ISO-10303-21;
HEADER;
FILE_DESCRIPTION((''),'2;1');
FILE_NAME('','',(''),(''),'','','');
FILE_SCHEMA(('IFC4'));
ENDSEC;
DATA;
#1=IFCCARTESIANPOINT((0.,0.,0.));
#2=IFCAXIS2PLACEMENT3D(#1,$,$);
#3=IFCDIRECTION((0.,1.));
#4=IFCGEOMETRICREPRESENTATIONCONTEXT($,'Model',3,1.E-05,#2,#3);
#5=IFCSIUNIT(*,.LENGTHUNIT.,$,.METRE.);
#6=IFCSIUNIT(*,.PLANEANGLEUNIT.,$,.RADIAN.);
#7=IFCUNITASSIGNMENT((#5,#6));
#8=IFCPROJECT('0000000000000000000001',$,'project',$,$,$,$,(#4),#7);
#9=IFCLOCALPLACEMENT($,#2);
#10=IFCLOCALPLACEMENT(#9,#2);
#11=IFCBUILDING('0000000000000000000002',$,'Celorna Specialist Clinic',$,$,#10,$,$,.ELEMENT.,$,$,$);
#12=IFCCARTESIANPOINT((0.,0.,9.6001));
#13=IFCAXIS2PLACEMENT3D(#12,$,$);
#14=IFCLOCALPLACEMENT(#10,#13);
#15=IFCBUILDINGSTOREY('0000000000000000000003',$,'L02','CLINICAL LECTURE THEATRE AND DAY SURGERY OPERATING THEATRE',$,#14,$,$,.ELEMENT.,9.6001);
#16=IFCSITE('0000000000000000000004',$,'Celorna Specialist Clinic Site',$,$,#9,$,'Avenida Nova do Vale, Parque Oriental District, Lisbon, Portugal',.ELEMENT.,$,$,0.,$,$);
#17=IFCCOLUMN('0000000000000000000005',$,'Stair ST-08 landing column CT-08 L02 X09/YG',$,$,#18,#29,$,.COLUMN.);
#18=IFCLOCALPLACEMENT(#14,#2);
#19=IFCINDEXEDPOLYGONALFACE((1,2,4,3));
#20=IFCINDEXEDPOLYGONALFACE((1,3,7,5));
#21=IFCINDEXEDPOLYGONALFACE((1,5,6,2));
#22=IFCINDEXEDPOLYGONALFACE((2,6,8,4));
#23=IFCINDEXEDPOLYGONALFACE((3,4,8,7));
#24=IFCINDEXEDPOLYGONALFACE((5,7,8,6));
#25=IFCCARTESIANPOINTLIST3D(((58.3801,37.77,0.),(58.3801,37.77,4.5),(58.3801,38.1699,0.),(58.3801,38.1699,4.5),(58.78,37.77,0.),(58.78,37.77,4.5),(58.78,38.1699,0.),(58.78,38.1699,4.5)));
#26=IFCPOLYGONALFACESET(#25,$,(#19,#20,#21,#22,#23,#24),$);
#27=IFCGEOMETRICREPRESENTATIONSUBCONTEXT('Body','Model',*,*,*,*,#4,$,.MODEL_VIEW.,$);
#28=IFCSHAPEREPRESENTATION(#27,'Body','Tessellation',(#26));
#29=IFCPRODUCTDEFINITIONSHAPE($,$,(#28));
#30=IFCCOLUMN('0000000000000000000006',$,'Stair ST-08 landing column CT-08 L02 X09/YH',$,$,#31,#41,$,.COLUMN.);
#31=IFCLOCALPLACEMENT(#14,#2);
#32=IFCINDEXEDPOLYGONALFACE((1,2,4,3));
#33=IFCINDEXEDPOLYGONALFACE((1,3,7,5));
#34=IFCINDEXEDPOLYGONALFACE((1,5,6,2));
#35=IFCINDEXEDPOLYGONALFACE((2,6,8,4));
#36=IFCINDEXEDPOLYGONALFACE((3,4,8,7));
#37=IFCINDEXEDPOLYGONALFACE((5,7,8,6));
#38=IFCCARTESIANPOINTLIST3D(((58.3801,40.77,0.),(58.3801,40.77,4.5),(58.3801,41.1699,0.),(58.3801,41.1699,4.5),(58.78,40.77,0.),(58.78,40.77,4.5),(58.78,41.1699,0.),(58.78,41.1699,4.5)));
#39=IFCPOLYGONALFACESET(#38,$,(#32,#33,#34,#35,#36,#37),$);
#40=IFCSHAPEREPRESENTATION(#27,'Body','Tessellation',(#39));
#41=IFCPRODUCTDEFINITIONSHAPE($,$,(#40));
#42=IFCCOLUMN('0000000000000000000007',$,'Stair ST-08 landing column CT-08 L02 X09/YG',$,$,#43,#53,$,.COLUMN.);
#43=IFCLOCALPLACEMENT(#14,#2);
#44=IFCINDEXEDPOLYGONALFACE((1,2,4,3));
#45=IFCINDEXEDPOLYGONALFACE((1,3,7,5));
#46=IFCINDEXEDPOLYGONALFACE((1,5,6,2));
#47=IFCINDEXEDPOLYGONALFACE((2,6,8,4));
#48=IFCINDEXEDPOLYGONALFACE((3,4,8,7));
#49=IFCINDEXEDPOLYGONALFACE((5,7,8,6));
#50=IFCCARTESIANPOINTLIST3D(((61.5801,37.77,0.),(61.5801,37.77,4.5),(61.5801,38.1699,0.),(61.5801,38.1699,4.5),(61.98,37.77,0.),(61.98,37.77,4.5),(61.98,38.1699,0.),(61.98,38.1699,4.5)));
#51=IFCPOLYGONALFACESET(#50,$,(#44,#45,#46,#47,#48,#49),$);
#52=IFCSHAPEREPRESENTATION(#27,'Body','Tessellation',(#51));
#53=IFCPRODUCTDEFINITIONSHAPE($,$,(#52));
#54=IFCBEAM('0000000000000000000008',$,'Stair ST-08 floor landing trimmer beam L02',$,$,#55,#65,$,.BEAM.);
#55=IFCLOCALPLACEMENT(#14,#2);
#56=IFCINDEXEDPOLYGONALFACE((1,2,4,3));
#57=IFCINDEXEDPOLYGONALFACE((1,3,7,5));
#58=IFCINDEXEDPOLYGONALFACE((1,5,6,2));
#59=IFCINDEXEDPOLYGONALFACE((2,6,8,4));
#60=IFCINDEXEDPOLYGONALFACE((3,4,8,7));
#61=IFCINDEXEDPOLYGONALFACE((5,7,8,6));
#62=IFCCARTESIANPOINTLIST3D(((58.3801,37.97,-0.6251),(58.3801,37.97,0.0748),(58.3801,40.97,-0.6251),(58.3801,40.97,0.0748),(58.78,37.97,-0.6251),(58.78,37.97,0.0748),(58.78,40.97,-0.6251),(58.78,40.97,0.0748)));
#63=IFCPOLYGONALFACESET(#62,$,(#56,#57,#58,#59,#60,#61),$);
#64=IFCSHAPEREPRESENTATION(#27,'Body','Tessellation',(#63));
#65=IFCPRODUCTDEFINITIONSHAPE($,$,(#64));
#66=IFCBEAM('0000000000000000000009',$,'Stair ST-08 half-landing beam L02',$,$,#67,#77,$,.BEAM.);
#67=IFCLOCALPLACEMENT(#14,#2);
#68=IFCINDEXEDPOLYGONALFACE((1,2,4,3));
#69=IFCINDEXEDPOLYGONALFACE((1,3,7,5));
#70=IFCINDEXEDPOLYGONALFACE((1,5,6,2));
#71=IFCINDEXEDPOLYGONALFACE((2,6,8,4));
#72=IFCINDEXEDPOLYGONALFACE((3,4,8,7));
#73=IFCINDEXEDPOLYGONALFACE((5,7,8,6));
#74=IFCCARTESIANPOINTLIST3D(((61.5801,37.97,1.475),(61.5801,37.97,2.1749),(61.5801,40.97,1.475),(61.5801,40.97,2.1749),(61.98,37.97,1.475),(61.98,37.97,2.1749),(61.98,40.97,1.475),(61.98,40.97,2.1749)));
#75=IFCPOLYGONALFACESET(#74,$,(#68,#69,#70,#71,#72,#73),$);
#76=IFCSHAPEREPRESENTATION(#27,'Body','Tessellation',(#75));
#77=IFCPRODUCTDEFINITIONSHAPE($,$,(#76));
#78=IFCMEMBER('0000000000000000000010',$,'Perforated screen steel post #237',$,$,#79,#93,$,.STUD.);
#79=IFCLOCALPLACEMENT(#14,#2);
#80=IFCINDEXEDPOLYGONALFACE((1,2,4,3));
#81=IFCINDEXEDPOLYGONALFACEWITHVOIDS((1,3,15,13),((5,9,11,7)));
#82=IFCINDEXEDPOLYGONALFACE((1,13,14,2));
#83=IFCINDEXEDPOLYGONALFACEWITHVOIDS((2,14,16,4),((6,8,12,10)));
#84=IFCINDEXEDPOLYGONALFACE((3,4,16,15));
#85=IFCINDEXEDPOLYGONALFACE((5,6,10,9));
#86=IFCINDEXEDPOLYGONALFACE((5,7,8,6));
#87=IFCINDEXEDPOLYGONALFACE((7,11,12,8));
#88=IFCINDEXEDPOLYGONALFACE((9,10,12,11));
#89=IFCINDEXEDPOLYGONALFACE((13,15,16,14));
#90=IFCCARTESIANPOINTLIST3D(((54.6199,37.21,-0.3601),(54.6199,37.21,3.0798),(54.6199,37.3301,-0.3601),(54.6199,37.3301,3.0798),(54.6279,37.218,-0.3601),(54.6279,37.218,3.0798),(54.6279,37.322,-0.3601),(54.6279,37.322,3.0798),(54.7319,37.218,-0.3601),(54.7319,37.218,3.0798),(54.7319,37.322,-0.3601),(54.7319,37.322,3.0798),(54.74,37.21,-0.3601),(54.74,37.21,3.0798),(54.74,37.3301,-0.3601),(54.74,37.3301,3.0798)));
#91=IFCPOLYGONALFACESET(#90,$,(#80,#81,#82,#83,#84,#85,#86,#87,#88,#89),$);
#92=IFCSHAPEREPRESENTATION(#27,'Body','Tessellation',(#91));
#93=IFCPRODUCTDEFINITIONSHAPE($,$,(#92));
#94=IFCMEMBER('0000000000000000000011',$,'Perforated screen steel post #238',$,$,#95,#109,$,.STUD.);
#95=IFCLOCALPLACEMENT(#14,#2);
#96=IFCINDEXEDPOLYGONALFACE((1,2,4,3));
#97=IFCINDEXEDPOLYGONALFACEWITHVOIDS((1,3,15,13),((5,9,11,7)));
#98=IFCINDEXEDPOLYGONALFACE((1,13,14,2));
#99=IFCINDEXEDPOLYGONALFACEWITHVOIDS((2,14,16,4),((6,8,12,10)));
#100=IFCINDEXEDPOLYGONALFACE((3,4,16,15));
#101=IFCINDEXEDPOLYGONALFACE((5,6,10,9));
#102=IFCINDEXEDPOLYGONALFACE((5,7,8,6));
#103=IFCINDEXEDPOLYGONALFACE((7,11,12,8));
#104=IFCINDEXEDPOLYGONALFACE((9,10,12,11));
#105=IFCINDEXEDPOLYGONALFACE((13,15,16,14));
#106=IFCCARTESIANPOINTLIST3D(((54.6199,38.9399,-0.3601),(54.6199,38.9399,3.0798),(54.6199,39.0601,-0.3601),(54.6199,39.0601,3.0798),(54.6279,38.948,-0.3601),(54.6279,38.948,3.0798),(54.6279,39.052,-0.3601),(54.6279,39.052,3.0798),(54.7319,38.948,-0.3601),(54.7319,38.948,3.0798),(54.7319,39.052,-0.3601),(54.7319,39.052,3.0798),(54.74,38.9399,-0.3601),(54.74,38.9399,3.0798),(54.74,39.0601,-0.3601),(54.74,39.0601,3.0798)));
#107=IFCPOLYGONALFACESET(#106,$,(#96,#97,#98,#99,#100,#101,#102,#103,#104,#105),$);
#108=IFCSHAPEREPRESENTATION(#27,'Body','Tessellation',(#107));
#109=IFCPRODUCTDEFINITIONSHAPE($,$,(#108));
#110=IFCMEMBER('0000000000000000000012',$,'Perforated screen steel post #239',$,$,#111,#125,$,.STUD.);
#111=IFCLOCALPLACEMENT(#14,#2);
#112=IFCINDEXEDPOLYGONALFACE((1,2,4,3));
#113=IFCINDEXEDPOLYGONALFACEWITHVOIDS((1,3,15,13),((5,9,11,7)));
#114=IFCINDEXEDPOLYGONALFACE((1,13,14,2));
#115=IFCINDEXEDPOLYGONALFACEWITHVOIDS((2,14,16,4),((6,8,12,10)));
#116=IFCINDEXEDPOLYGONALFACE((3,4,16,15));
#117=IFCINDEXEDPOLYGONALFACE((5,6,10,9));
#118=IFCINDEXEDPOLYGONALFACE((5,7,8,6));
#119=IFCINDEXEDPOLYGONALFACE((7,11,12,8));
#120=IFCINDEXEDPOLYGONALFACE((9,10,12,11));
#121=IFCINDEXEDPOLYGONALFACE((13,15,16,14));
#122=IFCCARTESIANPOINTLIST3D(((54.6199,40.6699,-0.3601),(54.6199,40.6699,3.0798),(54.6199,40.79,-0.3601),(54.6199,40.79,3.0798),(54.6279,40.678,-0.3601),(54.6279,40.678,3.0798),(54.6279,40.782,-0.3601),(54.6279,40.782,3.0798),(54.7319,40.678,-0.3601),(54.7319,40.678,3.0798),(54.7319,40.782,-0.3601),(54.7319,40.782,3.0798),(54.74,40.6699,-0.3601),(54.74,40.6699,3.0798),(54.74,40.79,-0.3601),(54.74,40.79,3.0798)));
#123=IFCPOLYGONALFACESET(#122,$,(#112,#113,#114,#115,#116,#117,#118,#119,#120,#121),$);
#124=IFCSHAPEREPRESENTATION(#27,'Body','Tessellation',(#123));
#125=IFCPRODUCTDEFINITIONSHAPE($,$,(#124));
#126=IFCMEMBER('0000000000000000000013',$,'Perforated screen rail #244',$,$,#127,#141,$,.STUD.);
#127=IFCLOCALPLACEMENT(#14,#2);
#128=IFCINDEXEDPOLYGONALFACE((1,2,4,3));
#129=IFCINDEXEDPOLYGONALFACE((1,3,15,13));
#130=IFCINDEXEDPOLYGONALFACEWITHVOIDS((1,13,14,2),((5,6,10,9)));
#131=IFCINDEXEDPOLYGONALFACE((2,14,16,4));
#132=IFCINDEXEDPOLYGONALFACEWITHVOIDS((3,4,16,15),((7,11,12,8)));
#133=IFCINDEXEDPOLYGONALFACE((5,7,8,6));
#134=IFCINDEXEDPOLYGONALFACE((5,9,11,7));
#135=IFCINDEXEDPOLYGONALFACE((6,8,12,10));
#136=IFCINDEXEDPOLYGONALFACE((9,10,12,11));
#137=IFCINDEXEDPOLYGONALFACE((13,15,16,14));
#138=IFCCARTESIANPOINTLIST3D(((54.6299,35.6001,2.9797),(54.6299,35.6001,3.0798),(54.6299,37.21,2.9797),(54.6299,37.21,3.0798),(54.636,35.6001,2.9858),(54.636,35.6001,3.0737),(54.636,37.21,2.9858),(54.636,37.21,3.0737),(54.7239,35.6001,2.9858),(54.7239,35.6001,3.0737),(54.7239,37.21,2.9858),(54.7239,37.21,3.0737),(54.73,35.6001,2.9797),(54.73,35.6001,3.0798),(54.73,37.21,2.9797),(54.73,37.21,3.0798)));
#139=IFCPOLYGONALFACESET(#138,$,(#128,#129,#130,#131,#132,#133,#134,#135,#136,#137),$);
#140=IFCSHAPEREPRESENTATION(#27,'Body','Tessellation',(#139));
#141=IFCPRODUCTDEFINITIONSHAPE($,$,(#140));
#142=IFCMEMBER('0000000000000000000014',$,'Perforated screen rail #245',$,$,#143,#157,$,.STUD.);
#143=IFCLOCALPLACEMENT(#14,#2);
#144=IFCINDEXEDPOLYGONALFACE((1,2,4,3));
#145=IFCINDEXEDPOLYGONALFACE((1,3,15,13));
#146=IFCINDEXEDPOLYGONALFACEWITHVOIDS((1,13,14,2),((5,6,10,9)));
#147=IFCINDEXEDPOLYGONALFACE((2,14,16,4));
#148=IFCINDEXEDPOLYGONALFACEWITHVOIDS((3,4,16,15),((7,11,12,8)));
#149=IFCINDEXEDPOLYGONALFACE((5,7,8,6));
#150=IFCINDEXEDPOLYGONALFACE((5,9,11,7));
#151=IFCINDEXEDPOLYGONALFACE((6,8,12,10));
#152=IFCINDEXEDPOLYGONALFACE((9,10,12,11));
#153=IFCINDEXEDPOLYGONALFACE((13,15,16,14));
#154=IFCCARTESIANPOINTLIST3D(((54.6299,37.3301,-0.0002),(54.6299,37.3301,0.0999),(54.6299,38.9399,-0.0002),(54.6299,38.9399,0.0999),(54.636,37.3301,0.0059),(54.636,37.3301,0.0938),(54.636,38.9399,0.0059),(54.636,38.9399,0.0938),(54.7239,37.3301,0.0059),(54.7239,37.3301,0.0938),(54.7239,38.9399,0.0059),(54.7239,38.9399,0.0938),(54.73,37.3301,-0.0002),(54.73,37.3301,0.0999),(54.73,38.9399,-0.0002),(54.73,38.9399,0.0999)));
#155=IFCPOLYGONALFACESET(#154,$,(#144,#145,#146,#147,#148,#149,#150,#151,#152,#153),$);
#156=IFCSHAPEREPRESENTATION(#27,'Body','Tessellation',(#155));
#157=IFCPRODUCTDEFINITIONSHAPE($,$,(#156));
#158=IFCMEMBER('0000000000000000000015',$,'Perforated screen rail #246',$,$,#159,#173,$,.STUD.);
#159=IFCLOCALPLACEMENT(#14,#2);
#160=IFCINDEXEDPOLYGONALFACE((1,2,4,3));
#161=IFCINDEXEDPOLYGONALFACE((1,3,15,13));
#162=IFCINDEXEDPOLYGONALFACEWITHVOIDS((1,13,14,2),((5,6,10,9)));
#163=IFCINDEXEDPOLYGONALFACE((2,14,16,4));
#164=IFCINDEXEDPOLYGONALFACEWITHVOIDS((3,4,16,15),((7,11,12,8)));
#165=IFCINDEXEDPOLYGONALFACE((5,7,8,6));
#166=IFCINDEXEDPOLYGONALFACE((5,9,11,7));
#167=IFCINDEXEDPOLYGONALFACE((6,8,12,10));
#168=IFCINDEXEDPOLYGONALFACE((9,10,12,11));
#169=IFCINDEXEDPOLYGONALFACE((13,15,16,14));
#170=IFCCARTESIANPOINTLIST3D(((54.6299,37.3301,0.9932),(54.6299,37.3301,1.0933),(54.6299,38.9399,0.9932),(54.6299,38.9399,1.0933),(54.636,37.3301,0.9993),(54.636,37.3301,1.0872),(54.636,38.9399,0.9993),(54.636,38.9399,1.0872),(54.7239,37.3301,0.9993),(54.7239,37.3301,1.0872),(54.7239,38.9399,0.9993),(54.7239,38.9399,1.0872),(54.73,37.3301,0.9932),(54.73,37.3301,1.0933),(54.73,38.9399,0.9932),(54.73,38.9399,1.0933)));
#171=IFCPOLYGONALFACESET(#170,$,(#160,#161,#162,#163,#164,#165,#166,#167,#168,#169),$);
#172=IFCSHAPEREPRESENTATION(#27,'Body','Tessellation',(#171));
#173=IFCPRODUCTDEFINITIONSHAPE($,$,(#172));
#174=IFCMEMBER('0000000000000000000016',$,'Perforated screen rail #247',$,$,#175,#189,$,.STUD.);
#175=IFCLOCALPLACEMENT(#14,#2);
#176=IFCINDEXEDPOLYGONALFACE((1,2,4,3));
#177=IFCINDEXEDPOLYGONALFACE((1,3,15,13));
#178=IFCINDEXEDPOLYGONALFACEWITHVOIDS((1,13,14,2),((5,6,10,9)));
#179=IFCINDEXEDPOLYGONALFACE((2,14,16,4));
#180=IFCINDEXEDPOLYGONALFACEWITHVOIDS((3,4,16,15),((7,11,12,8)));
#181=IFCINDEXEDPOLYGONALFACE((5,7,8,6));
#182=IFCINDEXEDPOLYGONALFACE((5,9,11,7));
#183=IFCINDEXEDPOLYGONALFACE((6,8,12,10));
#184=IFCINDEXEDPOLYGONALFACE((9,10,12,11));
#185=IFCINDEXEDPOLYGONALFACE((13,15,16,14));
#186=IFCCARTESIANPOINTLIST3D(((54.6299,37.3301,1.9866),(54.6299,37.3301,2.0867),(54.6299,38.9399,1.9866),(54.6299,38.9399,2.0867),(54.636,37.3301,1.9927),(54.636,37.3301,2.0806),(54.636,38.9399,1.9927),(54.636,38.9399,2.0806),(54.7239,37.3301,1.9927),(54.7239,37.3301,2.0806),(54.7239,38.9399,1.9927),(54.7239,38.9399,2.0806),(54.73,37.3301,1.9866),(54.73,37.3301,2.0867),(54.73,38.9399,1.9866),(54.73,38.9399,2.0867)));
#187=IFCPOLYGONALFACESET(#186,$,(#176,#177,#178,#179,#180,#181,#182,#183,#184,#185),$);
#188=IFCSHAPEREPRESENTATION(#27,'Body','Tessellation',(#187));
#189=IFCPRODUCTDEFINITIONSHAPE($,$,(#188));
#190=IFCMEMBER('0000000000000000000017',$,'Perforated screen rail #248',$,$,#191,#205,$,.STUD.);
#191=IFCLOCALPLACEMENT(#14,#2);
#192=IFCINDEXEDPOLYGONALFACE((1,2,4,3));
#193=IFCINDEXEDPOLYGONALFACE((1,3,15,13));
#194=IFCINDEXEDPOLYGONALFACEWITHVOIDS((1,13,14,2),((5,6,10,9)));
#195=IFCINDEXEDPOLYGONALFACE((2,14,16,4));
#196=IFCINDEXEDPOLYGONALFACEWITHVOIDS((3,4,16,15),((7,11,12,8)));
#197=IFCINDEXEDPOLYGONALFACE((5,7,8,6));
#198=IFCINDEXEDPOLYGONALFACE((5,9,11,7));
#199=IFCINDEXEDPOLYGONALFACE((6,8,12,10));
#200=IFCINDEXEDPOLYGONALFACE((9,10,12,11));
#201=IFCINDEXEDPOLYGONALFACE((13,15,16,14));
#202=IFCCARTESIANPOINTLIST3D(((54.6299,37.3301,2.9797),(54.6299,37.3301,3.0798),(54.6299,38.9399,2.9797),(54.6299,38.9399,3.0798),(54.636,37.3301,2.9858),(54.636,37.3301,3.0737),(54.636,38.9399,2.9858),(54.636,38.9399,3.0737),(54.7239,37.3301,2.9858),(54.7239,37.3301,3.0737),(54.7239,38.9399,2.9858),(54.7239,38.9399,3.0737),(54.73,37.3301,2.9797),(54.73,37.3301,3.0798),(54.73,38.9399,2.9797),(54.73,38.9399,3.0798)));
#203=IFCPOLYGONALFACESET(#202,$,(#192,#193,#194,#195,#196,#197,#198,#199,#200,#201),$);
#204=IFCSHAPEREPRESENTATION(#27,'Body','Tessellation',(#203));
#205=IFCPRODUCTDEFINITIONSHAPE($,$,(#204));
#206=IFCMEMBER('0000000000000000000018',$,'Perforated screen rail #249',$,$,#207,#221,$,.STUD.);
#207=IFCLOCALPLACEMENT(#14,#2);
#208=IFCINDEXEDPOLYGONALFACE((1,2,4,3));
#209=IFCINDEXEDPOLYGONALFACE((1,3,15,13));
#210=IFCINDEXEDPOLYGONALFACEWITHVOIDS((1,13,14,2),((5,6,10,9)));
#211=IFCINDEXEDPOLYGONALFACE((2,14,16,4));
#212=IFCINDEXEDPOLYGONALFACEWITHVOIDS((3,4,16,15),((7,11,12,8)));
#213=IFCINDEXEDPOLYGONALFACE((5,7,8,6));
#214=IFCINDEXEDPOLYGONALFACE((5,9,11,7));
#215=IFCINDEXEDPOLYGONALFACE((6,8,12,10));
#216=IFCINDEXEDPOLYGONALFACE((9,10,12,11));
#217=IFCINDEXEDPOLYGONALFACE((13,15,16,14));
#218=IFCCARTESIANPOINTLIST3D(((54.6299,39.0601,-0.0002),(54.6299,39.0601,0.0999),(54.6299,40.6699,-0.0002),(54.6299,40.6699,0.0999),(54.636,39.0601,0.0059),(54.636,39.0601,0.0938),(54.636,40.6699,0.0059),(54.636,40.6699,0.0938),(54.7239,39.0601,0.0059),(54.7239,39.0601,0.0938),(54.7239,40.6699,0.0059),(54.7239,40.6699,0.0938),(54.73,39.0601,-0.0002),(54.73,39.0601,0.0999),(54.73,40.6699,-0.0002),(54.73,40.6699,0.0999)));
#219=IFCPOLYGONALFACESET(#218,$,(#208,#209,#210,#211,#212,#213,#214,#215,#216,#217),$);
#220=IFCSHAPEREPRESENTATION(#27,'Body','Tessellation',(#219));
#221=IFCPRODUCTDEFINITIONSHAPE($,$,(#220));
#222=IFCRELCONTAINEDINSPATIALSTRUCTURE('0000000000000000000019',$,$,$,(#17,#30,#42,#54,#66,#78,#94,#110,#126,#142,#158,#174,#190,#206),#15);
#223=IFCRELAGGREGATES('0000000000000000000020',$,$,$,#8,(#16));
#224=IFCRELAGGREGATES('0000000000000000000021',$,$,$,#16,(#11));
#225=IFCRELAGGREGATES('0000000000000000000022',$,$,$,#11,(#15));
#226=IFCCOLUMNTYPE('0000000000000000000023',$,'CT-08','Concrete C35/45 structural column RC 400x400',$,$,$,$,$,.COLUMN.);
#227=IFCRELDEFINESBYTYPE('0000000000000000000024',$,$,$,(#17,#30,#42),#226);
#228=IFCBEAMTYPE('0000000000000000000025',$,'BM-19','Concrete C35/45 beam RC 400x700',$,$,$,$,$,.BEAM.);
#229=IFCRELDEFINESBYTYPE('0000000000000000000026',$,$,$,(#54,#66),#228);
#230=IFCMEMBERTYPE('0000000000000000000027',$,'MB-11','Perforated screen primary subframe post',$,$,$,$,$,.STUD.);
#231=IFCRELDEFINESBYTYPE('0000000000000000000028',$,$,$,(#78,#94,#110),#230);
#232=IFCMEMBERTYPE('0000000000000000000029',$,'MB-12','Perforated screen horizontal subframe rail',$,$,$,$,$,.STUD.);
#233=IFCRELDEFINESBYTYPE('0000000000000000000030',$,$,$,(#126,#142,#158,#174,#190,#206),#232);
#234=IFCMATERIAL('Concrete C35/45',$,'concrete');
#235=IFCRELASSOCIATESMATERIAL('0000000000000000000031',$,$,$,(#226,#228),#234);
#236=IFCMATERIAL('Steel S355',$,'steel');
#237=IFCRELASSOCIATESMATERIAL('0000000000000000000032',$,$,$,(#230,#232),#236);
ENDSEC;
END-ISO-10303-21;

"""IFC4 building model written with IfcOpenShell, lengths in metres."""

from ifc_helpers import new_model, si_unit, direction, frame, origin, origin_2d, place, context, subcontext, project, spatial, rectangle, hollow_rectangle, extrude, material, material_profile, profile_set, type_object, element, save


model = new_model("IFC4")

# Units and contexts
model_context = context("Model", 3, precision=1e-05, world=origin(), true_north=direction((0.0, 1.0)))
body_context = subcontext(model_context, "Body", "Model", "MODEL_VIEW")
ifc_project = project(units=[si_unit("LENGTHUNIT", "METRE"), si_unit("PLANEANGLEUNIT", "RADIAN")], contexts=[model_context])

# Site, building, storey
site_placement = place(None, origin())
site = spatial("IfcSite", under=ifc_project, at=site_placement, Name="Celorna Specialist Clinic Site", LongName="Avenida Nova do Vale, Parque Oriental District, Lisbon, Portugal", CompositionType="ELEMENT", RefElevation=0.0)
building_placement = place(site_placement, origin())
building = spatial("IfcBuilding", under=site, at=building_placement, Name="Celorna Specialist Clinic", CompositionType="ELEMENT")
storey_placement = place(building_placement, frame((0.0, 0.0, 9.6001)))
storey = spatial("IfcBuildingStorey", under=building, at=storey_placement, Name="L02", Description="CLINICAL LECTURE THEATRE AND DAY SURGERY OPERATING THEATRE", CompositionType="ELEMENT", Elevation=9.6001)

# Columns
ifc_material_1 = material(Name="Concrete C35/45", Category="concrete")
ifc_material_profile_1 = material_profile(ifc_material_1, rectangle(XDim=0.3999, YDim=0.3999, at=origin_2d()), Name="RC 400x400")
ifc_profile_set_1 = profile_set([ifc_material_profile_1], Name="Concrete C35/45")
column_type = type_object("IfcColumnType", Name="CT-08", Description="Concrete C35/45 structural column RC 400x400", PredefinedType="COLUMN", material=ifc_profile_set_1)
for number, where, z_axis, x_axis, name in (
    (1, (58.5801, 37.97, 0.0), (0.0, 0.0, 1.0), (1.0, 0.0, 0.0), "Stair ST-08 landing column CT-08 L02 X09/YG"),
    (2, (58.5801, 40.97, 0.0), (0.0, 0.0, 1.0), (1.0, 0.0, 0.0), "Stair ST-08 landing column CT-08 L02 X09/YH"),
    (3, (61.78, 37.97, 0.0), (0.0, 0.0, 1.0), (1.0, 0.0, 0.0), "Stair ST-08 landing column CT-08 L02 X09/YG"),
):
    element("IfcColumn", number, at=place(storey_placement, frame(where, z_axis=z_axis, x_axis=x_axis)), inside=storey, type_object=column_type, Name=name, PredefinedType="COLUMN", context=body_context, shape_type="SweptSolid", body=[
        extrude(rectangle(XDim=0.3999, YDim=0.3999, at=origin_2d()), origin(), (0.0, 0.0, 1.0), 4.5),
    ])

# Beams
ifc_material_profile_2 = material_profile(ifc_material_1, rectangle(XDim=0.3999, YDim=0.7, at=origin_2d()), Name="RC 400x700")
ifc_profile_set_2 = profile_set([ifc_material_profile_2], Name="Concrete C35/45")
beam_type = type_object("IfcBeamType", Name="BM-19", Description="Concrete C35/45 beam RC 400x700", PredefinedType="BEAM", material=ifc_profile_set_2)
for number, where, z_axis, x_axis, name in (
    (4, (58.5801, 37.97, -0.2751), (0.0, 1.0, 0.0), (-1.0, 0.0, 0.0), "Stair ST-08 floor landing trimmer beam L02"),
    (5, (61.78, 37.97, 1.825), (0.0, 1.0, 0.0), (-1.0, 0.0, 0.0), "Stair ST-08 half-landing beam L02"),
):
    element("IfcBeam", number, at=place(storey_placement, frame(where, z_axis=z_axis, x_axis=x_axis)), inside=storey, type_object=beam_type, Name=name, PredefinedType="BEAM", context=body_context, shape_type="SweptSolid", body=[
        extrude(rectangle(XDim=0.3999, YDim=0.7, at=origin_2d()), origin(), (0.0, 0.0, 1.0), 3.0),
    ])

# Members
ifc_material_2 = material(Name="Steel S355", Category="steel")
ifc_material_profile_3 = material_profile(ifc_material_2, hollow_rectangle(XDim=0.1201, YDim=0.1201, WallThickness=0.0081, at=origin_2d()), Name="SHS 120x120x8")
ifc_profile_set_3 = profile_set([ifc_material_profile_3], Name="Steel S355")
member_type_1 = type_object("IfcMemberType", Name="MB-11", Description="Perforated screen primary subframe post", PredefinedType="STUD", material=ifc_profile_set_3)
for number, where, z_axis, x_axis, name in (
    (6, (54.6799, 37.27, -0.3601), (0.0, 0.0, 1.0), (1.0, 0.0, 0.0), "Perforated screen steel post #237"),
    (7, (54.6799, 39.0, -0.3601), (0.0, 0.0, 1.0), (1.0, 0.0, 0.0), "Perforated screen steel post #238"),
    (8, (54.6799, 40.73, -0.3601), (0.0, 0.0, 1.0), (1.0, 0.0, 0.0), "Perforated screen steel post #239"),
):
    element("IfcMember", number, at=place(storey_placement, frame(where, z_axis=z_axis, x_axis=x_axis)), inside=storey, type_object=member_type_1, Name=name, PredefinedType="STUD", context=body_context, shape_type="SweptSolid", body=[
        extrude(hollow_rectangle(XDim=0.1201, YDim=0.1201, WallThickness=0.0081, at=origin_2d()), origin(), (0.0, 0.0, 1.0), 3.4399),
    ])
ifc_material_profile_4 = material_profile(ifc_material_2, hollow_rectangle(XDim=0.1001, YDim=0.1001, WallThickness=0.0061, at=origin_2d()), Name="SHS 100x100x6")
ifc_profile_set_4 = profile_set([ifc_material_profile_4], Name="Steel S355")
member_type_2 = type_object("IfcMemberType", Name="MB-12", Description="Perforated screen horizontal subframe rail", PredefinedType="STUD", material=ifc_profile_set_4)
for number, where, z_axis, x_axis, name in (
    (9, (54.6799, 35.6001, 3.0298), (0.0, 1.0, 0.0), (-1.0, 0.0, 0.0), "Perforated screen rail #244"),
    (10, (54.6799, 37.3301, 0.0498), (0.0, 1.0, 0.0), (-1.0, 0.0, 0.0), "Perforated screen rail #245"),
    (11, (54.6799, 37.3301, 1.0432), (0.0, 1.0, 0.0), (-1.0, 0.0, 0.0), "Perforated screen rail #246"),
    (12, (54.6799, 37.3301, 2.0366), (0.0, 1.0, 0.0), (-1.0, 0.0, 0.0), "Perforated screen rail #247"),
    (13, (54.6799, 37.3301, 3.0298), (0.0, 1.0, 0.0), (-1.0, 0.0, 0.0), "Perforated screen rail #248"),
    (14, (54.6799, 39.0601, 0.0498), (0.0, 1.0, 0.0), (-1.0, 0.0, 0.0), "Perforated screen rail #249"),
):
    element("IfcMember", number, at=place(storey_placement, frame(where, z_axis=z_axis, x_axis=x_axis)), inside=storey, type_object=member_type_2, Name=name, PredefinedType="STUD", context=body_context, shape_type="SweptSolid", body=[
        extrude(hollow_rectangle(XDim=0.1001, YDim=0.1001, WallThickness=0.0061, at=origin_2d()), origin(), (0.0, 0.0, 1.0), 1.6099),
    ])

save(model, "model.ifc")
